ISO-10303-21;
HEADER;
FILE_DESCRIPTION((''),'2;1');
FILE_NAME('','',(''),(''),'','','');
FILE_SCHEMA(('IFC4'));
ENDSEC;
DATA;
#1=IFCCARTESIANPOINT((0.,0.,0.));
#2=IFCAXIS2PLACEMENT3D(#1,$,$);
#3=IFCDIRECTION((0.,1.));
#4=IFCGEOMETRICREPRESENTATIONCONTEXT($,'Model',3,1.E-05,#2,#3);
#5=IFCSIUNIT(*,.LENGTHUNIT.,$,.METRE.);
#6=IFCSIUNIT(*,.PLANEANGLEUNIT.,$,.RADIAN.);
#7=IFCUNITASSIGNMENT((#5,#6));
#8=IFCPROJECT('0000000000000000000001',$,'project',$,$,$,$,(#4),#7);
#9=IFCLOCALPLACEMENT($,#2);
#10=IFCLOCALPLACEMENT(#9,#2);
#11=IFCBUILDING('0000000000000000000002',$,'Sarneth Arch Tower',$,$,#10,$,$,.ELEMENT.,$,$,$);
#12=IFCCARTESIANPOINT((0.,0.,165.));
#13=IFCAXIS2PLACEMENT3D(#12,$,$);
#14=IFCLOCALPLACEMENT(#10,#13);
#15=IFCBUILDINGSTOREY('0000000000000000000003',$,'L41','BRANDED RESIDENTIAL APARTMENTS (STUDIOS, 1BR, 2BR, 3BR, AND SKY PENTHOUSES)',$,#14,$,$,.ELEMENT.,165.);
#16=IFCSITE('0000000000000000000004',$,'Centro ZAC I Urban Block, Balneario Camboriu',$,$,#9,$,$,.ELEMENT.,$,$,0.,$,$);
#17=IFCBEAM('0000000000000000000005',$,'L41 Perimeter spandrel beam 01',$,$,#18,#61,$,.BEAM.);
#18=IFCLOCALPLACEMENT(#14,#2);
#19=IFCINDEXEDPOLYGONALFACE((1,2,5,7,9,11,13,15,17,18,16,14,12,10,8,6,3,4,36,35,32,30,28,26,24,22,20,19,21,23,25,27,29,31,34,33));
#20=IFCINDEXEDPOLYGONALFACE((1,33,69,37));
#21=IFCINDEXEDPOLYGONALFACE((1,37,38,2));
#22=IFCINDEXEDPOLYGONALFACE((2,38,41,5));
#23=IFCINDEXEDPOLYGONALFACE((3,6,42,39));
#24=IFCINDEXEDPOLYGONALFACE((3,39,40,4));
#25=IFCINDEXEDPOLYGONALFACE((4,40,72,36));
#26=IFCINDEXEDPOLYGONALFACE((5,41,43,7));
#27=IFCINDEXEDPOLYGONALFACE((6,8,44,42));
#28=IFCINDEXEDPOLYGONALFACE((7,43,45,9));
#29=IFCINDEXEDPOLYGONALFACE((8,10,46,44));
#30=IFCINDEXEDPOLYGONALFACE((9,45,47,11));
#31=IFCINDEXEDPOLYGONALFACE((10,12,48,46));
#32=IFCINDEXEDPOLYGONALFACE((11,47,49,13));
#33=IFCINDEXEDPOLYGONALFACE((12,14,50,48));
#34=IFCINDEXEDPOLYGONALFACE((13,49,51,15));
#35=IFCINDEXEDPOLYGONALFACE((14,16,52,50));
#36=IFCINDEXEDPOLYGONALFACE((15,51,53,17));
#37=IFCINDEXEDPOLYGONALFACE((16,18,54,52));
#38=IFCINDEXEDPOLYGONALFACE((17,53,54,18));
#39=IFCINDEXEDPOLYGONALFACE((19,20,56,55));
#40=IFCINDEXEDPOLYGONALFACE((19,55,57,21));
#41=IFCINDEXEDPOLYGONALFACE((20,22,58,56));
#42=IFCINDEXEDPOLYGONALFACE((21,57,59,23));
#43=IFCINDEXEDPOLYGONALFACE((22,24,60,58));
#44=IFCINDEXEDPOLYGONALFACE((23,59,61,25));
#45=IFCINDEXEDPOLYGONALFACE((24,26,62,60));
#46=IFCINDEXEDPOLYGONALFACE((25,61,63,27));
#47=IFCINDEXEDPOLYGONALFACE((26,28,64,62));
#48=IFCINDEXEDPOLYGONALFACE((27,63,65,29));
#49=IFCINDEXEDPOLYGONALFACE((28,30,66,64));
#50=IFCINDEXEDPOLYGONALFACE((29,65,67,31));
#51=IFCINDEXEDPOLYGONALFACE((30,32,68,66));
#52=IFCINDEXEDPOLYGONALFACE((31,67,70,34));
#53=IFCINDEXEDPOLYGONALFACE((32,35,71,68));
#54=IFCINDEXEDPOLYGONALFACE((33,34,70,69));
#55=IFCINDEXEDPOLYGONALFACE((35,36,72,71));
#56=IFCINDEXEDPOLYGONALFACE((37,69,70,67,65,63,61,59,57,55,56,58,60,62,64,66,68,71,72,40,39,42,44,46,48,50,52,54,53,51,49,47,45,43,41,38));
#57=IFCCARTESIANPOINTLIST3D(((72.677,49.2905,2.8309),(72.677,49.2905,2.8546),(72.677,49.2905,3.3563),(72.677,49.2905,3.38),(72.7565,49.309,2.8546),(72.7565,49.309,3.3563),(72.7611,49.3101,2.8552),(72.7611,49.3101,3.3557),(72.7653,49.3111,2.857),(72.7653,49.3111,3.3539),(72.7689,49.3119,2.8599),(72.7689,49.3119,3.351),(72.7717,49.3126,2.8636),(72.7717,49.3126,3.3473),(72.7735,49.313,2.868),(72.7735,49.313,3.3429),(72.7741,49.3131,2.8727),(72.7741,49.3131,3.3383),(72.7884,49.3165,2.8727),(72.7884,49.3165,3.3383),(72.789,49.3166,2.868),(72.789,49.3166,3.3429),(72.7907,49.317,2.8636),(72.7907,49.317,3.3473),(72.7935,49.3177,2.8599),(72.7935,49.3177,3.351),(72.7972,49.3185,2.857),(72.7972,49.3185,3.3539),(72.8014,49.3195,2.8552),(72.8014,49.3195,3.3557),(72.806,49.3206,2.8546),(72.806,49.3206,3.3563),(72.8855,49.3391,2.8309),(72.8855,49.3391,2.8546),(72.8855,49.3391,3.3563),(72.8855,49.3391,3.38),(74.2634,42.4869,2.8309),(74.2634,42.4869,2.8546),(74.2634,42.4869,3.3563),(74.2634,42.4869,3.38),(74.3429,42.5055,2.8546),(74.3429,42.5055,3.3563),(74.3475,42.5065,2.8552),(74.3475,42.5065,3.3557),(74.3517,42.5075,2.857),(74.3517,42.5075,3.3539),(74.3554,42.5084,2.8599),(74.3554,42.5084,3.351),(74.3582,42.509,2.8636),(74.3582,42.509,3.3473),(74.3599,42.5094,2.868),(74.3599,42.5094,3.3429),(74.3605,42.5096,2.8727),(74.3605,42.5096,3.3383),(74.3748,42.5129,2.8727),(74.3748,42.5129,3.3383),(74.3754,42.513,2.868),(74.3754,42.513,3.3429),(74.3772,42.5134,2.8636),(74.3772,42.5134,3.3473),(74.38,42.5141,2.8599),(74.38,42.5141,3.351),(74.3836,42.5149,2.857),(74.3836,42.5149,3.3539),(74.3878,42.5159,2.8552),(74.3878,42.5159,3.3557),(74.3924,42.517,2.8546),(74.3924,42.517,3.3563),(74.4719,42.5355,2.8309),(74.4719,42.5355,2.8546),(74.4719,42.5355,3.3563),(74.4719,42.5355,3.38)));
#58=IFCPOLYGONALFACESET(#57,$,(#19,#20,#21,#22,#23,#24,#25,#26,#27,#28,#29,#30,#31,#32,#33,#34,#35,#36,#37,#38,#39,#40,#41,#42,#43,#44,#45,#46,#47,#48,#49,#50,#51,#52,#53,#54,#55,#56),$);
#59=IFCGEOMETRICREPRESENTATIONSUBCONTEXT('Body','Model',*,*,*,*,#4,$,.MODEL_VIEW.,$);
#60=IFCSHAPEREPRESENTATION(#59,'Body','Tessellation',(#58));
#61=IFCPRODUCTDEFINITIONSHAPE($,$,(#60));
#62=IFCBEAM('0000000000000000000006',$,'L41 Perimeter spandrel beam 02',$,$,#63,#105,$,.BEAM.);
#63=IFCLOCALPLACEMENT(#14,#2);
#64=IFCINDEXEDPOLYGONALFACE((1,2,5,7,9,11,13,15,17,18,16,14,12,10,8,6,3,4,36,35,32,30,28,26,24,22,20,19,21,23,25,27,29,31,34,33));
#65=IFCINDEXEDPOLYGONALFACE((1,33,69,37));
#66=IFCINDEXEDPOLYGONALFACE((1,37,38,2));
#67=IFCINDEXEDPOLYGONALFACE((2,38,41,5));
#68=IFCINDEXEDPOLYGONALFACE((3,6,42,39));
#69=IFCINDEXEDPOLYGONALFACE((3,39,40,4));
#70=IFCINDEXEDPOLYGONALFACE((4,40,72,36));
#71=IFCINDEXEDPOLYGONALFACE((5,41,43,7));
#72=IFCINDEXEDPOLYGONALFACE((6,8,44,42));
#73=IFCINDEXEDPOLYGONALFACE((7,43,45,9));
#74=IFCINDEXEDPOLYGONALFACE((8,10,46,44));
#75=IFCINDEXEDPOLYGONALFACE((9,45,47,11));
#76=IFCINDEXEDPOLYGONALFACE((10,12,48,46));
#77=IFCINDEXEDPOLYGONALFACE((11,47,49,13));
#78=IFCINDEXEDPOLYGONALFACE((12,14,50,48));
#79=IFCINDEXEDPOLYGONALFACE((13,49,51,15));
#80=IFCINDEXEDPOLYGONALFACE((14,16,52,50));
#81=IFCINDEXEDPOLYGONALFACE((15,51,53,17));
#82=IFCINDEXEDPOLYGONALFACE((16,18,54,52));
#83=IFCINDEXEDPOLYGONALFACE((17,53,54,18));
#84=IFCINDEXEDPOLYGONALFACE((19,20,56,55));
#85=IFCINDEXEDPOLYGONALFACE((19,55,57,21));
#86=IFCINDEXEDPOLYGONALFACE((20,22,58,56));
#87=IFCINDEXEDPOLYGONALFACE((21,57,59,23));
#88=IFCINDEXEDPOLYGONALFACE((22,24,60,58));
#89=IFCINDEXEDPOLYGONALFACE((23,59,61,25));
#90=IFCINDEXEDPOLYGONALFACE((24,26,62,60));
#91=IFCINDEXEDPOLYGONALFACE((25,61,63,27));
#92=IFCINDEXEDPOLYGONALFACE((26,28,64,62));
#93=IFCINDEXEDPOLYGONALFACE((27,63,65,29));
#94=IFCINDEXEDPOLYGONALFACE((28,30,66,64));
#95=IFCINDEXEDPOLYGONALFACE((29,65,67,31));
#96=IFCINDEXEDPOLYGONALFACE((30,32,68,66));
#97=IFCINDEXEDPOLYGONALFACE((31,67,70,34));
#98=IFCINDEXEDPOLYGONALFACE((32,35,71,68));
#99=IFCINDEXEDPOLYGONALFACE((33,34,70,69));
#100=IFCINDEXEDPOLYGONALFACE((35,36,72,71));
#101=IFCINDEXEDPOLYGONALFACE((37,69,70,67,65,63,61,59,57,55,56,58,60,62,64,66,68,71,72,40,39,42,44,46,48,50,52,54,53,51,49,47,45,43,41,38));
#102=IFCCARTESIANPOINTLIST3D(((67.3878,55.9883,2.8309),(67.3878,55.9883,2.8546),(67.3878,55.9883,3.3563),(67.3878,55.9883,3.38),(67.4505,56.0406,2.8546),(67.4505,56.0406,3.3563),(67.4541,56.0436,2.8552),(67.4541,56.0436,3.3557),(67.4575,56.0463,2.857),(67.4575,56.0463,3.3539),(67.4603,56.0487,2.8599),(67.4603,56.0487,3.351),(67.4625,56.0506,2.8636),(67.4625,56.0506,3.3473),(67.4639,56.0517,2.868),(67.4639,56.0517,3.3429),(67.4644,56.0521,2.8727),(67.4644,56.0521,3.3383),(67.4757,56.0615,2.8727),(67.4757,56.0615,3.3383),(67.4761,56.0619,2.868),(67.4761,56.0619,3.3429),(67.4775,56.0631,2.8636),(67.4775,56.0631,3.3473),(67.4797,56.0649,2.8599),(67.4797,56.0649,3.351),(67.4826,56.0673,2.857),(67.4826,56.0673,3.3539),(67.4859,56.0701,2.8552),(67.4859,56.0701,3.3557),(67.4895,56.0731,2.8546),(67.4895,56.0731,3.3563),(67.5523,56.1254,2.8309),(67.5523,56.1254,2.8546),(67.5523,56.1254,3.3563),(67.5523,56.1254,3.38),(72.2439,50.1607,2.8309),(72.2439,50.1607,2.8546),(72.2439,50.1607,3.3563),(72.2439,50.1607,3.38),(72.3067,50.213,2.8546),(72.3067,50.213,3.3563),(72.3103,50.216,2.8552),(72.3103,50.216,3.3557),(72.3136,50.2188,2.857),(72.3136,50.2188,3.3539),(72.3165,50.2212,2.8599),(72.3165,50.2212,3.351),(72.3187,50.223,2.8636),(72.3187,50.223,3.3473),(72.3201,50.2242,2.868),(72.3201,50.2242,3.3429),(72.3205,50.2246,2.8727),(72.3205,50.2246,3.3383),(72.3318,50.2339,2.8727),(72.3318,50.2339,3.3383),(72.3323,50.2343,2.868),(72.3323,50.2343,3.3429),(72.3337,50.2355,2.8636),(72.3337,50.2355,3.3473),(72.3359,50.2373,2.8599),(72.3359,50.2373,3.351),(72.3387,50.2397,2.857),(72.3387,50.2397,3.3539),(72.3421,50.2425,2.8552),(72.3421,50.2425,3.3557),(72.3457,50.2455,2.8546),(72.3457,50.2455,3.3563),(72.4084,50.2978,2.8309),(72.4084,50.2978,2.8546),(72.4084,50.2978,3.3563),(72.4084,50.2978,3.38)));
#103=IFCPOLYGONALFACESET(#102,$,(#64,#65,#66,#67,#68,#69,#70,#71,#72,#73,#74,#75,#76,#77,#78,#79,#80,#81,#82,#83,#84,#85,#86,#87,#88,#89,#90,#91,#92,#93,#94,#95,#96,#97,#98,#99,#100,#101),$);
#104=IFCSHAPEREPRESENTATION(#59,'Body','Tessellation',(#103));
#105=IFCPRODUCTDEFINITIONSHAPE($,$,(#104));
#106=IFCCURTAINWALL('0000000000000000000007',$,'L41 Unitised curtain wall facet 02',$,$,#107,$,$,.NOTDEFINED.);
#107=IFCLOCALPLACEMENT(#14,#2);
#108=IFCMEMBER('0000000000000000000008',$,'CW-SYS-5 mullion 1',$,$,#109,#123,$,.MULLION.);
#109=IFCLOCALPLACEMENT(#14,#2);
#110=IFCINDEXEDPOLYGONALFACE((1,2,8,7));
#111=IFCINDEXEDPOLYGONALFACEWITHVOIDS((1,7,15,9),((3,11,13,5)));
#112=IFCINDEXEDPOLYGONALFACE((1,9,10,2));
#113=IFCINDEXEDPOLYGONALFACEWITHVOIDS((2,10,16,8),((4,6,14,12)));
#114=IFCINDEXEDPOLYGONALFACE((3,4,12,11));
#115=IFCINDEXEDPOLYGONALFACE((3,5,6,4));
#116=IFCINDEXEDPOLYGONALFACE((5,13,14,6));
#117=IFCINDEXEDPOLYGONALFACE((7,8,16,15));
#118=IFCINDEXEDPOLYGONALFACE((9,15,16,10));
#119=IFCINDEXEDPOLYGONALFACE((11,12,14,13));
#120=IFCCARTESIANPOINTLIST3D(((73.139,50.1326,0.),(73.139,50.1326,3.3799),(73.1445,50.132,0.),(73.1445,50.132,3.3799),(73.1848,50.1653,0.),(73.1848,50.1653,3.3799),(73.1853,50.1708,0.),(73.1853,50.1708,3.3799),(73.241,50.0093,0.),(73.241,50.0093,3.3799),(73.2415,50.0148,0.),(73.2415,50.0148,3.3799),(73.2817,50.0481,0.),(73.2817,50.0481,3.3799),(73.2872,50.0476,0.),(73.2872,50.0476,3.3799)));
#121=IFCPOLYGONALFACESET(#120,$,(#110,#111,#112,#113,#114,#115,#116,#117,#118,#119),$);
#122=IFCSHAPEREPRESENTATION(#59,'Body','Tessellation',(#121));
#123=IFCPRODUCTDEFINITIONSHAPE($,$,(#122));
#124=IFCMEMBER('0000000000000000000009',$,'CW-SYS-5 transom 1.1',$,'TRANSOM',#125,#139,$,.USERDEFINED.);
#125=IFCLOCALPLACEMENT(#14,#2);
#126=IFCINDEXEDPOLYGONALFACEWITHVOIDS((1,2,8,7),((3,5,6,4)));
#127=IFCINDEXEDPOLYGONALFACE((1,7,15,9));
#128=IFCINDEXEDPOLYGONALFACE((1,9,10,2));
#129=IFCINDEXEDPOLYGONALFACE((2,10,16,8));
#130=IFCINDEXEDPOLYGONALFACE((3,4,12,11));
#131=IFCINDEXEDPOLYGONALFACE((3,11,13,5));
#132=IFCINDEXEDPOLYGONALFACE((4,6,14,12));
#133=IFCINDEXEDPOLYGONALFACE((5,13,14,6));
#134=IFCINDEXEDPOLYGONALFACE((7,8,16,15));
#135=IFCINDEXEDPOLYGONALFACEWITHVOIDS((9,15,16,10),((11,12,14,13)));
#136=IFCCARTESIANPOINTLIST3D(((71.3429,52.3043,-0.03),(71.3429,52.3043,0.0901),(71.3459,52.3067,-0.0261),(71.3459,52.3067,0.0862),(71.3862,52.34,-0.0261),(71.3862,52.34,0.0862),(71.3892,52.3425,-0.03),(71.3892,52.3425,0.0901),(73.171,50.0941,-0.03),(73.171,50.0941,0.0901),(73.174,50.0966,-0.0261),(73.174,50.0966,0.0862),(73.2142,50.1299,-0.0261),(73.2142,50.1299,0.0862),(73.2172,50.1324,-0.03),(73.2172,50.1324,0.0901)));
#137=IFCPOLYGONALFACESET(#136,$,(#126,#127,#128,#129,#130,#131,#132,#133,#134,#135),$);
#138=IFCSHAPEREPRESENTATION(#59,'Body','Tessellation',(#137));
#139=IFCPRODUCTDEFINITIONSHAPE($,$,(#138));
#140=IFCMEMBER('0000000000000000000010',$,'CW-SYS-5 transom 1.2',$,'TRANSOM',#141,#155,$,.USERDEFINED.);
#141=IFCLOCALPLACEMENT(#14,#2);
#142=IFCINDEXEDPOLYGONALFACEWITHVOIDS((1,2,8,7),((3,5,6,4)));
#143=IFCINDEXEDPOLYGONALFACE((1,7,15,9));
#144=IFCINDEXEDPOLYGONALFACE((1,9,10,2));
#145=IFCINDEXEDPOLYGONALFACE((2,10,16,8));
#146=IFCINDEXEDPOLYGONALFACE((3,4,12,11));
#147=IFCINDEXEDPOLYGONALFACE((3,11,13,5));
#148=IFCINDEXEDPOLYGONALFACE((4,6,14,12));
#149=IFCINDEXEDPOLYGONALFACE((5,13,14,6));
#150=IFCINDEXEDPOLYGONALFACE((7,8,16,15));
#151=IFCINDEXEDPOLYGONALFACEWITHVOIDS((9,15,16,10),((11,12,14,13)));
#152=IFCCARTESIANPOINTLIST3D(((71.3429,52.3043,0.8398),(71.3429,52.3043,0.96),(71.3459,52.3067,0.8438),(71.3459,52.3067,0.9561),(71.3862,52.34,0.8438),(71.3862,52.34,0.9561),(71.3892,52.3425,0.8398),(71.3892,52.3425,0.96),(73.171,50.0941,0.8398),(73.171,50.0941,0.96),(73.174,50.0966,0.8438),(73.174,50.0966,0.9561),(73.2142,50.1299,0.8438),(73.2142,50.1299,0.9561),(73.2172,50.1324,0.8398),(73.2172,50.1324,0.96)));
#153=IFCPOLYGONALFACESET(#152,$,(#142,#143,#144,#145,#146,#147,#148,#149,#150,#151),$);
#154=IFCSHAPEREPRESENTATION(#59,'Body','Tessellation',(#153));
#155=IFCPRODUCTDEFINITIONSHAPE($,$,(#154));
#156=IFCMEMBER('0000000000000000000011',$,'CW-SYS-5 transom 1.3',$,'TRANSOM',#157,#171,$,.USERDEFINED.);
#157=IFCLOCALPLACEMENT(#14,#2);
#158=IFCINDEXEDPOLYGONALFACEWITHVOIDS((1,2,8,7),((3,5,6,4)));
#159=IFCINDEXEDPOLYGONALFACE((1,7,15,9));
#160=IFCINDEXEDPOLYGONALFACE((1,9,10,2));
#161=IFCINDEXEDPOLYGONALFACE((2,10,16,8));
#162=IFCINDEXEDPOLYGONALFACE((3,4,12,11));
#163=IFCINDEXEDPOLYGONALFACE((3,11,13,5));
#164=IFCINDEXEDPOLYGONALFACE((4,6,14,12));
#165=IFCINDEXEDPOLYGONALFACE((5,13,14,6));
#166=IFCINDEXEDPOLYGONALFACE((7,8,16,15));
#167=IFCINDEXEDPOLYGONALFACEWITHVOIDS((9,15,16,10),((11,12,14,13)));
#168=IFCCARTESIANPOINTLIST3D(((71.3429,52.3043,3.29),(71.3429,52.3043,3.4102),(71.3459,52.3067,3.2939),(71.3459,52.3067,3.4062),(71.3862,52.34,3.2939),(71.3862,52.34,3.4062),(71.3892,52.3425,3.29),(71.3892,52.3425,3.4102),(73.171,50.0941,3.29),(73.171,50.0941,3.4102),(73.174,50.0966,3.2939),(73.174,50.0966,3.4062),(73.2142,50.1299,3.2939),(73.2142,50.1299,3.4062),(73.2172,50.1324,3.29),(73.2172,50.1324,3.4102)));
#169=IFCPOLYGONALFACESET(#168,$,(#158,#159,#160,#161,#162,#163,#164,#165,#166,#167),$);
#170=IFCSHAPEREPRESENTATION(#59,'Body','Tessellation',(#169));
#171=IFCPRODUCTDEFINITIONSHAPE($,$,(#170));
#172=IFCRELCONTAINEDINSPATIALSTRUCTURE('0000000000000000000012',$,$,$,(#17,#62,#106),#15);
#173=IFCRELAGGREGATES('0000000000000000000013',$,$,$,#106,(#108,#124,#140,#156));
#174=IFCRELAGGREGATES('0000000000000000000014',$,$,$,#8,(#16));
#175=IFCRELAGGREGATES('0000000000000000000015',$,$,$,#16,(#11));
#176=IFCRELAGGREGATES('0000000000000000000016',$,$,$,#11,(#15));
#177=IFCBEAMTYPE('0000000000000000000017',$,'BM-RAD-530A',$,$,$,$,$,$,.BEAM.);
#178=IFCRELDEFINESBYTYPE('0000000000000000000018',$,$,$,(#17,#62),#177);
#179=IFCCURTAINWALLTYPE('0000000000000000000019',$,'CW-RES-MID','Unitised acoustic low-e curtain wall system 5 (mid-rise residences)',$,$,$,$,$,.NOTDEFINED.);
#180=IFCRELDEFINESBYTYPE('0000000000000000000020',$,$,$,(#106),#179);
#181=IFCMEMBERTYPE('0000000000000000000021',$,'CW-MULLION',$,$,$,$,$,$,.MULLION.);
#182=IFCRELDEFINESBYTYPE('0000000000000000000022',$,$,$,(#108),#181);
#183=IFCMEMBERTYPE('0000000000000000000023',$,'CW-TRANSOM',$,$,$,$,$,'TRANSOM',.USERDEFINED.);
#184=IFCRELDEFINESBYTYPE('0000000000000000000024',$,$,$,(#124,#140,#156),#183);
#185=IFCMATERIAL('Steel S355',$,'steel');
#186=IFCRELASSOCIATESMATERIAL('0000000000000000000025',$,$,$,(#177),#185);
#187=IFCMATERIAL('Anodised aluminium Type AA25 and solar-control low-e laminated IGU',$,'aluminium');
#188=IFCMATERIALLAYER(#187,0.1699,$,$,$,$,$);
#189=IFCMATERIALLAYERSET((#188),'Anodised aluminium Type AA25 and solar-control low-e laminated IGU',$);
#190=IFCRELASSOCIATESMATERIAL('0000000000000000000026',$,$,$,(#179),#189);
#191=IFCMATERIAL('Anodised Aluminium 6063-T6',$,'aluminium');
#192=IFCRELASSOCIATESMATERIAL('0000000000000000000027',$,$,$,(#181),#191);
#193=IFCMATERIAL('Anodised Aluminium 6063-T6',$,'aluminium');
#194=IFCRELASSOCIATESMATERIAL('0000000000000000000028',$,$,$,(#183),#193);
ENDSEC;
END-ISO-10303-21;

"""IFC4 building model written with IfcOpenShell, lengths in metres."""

from ifc_helpers import new_model, si_unit, direction, frame, origin, origin_2d, place, context, subcontext, project, spatial, hollow_rectangle, i_section, extrude, material, layer, layer_set, material_profile, profile_set, type_object, element, aggregate, save


model = new_model("IFC4")

# Units and contexts
model_context = context("Model", 3, precision=1e-05, world=origin(), true_north=direction((0.0, 1.0)))
body_context = subcontext(model_context, "Body", "Model", "MODEL_VIEW")
ifc_project = project(units=[si_unit("LENGTHUNIT", "METRE"), si_unit("PLANEANGLEUNIT", "RADIAN")], contexts=[model_context])

# Site, building, storey
site_placement = place(None, origin())
site = spatial("IfcSite", under=ifc_project, at=site_placement, Name="Centro ZAC I Urban Block, Balneario Camboriu", CompositionType="ELEMENT", RefElevation=0.0)
building_placement = place(site_placement, origin())
building = spatial("IfcBuilding", under=site, at=building_placement, Name="Sarneth Arch Tower", CompositionType="ELEMENT")
storey_placement = place(building_placement, frame((0.0, 0.0, 165.0)))
storey = spatial("IfcBuildingStorey", under=building, at=storey_placement, Name="L41", Description="BRANDED RESIDENTIAL APARTMENTS (STUDIOS, 1BR, 2BR, 3BR, AND SKY PENTHOUSES)", CompositionType="ELEMENT", Elevation=165.0)

# Beams
ifc_material_1 = material(Name="Steel S355", Category="steel")
ifc_material_profile_1 = material_profile(ifc_material_1, i_section(OverallWidth=0.2141, OverallDepth=0.5491, WebThickness=0.0146, FlangeThickness=0.0237, FilletRadius=0.0181, at=origin_2d()), Name="W530x138")
ifc_profile_set_1 = profile_set([ifc_material_profile_1], Name="Steel S355")
beam_type = type_object("IfcBeamType", Name="BM-RAD-530A", PredefinedType="BEAM", material=ifc_profile_set_1)
beam_1_placement = place(storey_placement, frame((74.3677, 42.5112, 3.1055), z_axis=(-0.227087, 0.973874, 0.0), x_axis=(-0.973874, -0.227087, 0.0)))
element("IfcBeam", 1, at=beam_1_placement, inside=storey, type_object=beam_type, Name="L41 Perimeter spandrel beam 01", PredefinedType="BEAM", context=body_context, shape_type="SweptSolid", body=[
    extrude(i_section(OverallWidth=0.2141, OverallDepth=0.5491, WebThickness=0.0146, FlangeThickness=0.0237, FilletRadius=0.0181, at=origin_2d()), origin(), (0.0, 0.0, 1.0), 6.9861),
])
beam_2_placement = place(storey_placement, frame((72.3262, 50.2292, 3.1055), z_axis=(-0.640172, 0.768232, 0.0), x_axis=(-0.768232, -0.640172, 0.0)))
element("IfcBeam", 2, at=beam_2_placement, inside=storey, type_object=beam_type, Name="L41 Perimeter spandrel beam 02", PredefinedType="BEAM", context=body_context, shape_type="SweptSolid", body=[
    extrude(i_section(OverallWidth=0.2141, OverallDepth=0.5491, WebThickness=0.0146, FlangeThickness=0.0237, FilletRadius=0.0181, at=origin_2d()), origin(), (0.0, 0.0, 1.0), 7.5857),
])

# Curtain wall, members
ifc_material_2 = material(Name="Anodised aluminium Type AA25 and solar-control low-e laminated IGU", Category="aluminium")
ifc_layer_1 = layer(ifc_material_2, 0.1699)
ifc_layer_set_1 = layer_set([ifc_layer_1], Name="Anodised aluminium Type AA25 and solar-control low-e laminated IGU")
curtain_wall_type = type_object("IfcCurtainWallType", Name="CW-RES-MID", Description="Unitised acoustic low-e curtain wall system 5 (mid-rise residences)", PredefinedType="NOTDEFINED", material=ifc_layer_set_1)
curtain_wall_placement = place(storey_placement, origin())
curtain_wall = element("IfcCurtainWall", 3, at=curtain_wall_placement, inside=storey, type_object=curtain_wall_type, Name="L41 Unitised curtain wall facet 02", PredefinedType="NOTDEFINED")
ifc_material_3 = material(Name="Anodised Aluminium 6063-T6", Category="aluminium")
ifc_material_profile_2 = material_profile(ifc_material_3, hollow_rectangle(XDim=0.0601, YDim=0.1599, WallThickness=0.0039, at=origin_2d()), Name="AL-MULL-160x60x4")
ifc_profile_set_2 = profile_set([ifc_material_profile_2], Name="Anodised Aluminium 6063-T6")
member_type_1 = type_object("IfcMemberType", Name="CW-MULLION", PredefinedType="MULLION", material=ifc_profile_set_2)
member_1_placement = place(storey_placement, frame((73.2131, 50.0901, 0.0), z_axis=(0.0, 0.0, 1.0), x_axis=(-0.770591, -0.63733, 0.0)))
member_1 = element("IfcMember", 4, at=member_1_placement, type_object=member_type_1, Name="CW-SYS-5 mullion 1", PredefinedType="MULLION", context=body_context, shape_type="SweptSolid", body=[
    extrude(hollow_rectangle(XDim=0.0601, YDim=0.1599, WallThickness=0.0039, at=origin_2d()), origin(), (0.0, 0.0, 1.0), 3.3799),
])
ifc_material_4 = material(Name="Anodised Aluminium 6063-T6", Category="aluminium")
ifc_material_profile_3 = material_profile(ifc_material_4, hollow_rectangle(XDim=0.0601, YDim=0.1201, WallThickness=0.0039, at=origin_2d()), Name="AL-TRAN-120x60x4")
ifc_profile_set_3 = profile_set([ifc_material_profile_3], Name="Anodised Aluminium 6063-T6")
member_type_2 = type_object("IfcMemberType", Name="CW-TRANSOM", ElementType="TRANSOM", PredefinedType="USERDEFINED", material=ifc_profile_set_3)
member_2_placement = place(storey_placement, frame((73.1941, 50.1133, 0.03), z_axis=(-0.637359, 0.770567, 0.0), x_axis=(-0.770567, -0.637359, 0.0)))
member_2 = element("IfcMember", 5, at=member_2_placement, type_object=member_type_2, Name="CW-SYS-5 transom 1.1", ObjectType="TRANSOM", PredefinedType="USERDEFINED", context=body_context, shape_type="SweptSolid", body=[
    extrude(hollow_rectangle(XDim=0.0601, YDim=0.1201, WallThickness=0.0039, at=origin_2d()), origin(), (0.0, 0.0, 1.0), 2.8682),
])
member_3_placement = place(storey_placement, frame((73.1941, 50.1133, 0.8999), z_axis=(-0.637359, 0.770567, 0.0), x_axis=(-0.770567, -0.637359, 0.0)))
member_3 = element("IfcMember", 6, at=member_3_placement, type_object=member_type_2, Name="CW-SYS-5 transom 1.2", ObjectType="TRANSOM", PredefinedType="USERDEFINED", context=body_context, shape_type="SweptSolid", body=[
    extrude(hollow_rectangle(XDim=0.0601, YDim=0.1201, WallThickness=0.0039, at=origin_2d()), origin(), (0.0, 0.0, 1.0), 2.8682),
])
member_4_placement = place(storey_placement, frame((73.1941, 50.1133, 3.3501), z_axis=(-0.637359, 0.770567, 0.0), x_axis=(-0.770567, -0.637359, 0.0)))
member_4 = element("IfcMember", 7, at=member_4_placement, type_object=member_type_2, Name="CW-SYS-5 transom 1.3", ObjectType="TRANSOM", PredefinedType="USERDEFINED", context=body_context, shape_type="SweptSolid", body=[
    extrude(hollow_rectangle(XDim=0.0601, YDim=0.1201, WallThickness=0.0039, at=origin_2d()), origin(), (0.0, 0.0, 1.0), 2.8682),
])

aggregate(curtain_wall, [member_1, member_2, member_3, member_4])

save(model, "model.ifc")
